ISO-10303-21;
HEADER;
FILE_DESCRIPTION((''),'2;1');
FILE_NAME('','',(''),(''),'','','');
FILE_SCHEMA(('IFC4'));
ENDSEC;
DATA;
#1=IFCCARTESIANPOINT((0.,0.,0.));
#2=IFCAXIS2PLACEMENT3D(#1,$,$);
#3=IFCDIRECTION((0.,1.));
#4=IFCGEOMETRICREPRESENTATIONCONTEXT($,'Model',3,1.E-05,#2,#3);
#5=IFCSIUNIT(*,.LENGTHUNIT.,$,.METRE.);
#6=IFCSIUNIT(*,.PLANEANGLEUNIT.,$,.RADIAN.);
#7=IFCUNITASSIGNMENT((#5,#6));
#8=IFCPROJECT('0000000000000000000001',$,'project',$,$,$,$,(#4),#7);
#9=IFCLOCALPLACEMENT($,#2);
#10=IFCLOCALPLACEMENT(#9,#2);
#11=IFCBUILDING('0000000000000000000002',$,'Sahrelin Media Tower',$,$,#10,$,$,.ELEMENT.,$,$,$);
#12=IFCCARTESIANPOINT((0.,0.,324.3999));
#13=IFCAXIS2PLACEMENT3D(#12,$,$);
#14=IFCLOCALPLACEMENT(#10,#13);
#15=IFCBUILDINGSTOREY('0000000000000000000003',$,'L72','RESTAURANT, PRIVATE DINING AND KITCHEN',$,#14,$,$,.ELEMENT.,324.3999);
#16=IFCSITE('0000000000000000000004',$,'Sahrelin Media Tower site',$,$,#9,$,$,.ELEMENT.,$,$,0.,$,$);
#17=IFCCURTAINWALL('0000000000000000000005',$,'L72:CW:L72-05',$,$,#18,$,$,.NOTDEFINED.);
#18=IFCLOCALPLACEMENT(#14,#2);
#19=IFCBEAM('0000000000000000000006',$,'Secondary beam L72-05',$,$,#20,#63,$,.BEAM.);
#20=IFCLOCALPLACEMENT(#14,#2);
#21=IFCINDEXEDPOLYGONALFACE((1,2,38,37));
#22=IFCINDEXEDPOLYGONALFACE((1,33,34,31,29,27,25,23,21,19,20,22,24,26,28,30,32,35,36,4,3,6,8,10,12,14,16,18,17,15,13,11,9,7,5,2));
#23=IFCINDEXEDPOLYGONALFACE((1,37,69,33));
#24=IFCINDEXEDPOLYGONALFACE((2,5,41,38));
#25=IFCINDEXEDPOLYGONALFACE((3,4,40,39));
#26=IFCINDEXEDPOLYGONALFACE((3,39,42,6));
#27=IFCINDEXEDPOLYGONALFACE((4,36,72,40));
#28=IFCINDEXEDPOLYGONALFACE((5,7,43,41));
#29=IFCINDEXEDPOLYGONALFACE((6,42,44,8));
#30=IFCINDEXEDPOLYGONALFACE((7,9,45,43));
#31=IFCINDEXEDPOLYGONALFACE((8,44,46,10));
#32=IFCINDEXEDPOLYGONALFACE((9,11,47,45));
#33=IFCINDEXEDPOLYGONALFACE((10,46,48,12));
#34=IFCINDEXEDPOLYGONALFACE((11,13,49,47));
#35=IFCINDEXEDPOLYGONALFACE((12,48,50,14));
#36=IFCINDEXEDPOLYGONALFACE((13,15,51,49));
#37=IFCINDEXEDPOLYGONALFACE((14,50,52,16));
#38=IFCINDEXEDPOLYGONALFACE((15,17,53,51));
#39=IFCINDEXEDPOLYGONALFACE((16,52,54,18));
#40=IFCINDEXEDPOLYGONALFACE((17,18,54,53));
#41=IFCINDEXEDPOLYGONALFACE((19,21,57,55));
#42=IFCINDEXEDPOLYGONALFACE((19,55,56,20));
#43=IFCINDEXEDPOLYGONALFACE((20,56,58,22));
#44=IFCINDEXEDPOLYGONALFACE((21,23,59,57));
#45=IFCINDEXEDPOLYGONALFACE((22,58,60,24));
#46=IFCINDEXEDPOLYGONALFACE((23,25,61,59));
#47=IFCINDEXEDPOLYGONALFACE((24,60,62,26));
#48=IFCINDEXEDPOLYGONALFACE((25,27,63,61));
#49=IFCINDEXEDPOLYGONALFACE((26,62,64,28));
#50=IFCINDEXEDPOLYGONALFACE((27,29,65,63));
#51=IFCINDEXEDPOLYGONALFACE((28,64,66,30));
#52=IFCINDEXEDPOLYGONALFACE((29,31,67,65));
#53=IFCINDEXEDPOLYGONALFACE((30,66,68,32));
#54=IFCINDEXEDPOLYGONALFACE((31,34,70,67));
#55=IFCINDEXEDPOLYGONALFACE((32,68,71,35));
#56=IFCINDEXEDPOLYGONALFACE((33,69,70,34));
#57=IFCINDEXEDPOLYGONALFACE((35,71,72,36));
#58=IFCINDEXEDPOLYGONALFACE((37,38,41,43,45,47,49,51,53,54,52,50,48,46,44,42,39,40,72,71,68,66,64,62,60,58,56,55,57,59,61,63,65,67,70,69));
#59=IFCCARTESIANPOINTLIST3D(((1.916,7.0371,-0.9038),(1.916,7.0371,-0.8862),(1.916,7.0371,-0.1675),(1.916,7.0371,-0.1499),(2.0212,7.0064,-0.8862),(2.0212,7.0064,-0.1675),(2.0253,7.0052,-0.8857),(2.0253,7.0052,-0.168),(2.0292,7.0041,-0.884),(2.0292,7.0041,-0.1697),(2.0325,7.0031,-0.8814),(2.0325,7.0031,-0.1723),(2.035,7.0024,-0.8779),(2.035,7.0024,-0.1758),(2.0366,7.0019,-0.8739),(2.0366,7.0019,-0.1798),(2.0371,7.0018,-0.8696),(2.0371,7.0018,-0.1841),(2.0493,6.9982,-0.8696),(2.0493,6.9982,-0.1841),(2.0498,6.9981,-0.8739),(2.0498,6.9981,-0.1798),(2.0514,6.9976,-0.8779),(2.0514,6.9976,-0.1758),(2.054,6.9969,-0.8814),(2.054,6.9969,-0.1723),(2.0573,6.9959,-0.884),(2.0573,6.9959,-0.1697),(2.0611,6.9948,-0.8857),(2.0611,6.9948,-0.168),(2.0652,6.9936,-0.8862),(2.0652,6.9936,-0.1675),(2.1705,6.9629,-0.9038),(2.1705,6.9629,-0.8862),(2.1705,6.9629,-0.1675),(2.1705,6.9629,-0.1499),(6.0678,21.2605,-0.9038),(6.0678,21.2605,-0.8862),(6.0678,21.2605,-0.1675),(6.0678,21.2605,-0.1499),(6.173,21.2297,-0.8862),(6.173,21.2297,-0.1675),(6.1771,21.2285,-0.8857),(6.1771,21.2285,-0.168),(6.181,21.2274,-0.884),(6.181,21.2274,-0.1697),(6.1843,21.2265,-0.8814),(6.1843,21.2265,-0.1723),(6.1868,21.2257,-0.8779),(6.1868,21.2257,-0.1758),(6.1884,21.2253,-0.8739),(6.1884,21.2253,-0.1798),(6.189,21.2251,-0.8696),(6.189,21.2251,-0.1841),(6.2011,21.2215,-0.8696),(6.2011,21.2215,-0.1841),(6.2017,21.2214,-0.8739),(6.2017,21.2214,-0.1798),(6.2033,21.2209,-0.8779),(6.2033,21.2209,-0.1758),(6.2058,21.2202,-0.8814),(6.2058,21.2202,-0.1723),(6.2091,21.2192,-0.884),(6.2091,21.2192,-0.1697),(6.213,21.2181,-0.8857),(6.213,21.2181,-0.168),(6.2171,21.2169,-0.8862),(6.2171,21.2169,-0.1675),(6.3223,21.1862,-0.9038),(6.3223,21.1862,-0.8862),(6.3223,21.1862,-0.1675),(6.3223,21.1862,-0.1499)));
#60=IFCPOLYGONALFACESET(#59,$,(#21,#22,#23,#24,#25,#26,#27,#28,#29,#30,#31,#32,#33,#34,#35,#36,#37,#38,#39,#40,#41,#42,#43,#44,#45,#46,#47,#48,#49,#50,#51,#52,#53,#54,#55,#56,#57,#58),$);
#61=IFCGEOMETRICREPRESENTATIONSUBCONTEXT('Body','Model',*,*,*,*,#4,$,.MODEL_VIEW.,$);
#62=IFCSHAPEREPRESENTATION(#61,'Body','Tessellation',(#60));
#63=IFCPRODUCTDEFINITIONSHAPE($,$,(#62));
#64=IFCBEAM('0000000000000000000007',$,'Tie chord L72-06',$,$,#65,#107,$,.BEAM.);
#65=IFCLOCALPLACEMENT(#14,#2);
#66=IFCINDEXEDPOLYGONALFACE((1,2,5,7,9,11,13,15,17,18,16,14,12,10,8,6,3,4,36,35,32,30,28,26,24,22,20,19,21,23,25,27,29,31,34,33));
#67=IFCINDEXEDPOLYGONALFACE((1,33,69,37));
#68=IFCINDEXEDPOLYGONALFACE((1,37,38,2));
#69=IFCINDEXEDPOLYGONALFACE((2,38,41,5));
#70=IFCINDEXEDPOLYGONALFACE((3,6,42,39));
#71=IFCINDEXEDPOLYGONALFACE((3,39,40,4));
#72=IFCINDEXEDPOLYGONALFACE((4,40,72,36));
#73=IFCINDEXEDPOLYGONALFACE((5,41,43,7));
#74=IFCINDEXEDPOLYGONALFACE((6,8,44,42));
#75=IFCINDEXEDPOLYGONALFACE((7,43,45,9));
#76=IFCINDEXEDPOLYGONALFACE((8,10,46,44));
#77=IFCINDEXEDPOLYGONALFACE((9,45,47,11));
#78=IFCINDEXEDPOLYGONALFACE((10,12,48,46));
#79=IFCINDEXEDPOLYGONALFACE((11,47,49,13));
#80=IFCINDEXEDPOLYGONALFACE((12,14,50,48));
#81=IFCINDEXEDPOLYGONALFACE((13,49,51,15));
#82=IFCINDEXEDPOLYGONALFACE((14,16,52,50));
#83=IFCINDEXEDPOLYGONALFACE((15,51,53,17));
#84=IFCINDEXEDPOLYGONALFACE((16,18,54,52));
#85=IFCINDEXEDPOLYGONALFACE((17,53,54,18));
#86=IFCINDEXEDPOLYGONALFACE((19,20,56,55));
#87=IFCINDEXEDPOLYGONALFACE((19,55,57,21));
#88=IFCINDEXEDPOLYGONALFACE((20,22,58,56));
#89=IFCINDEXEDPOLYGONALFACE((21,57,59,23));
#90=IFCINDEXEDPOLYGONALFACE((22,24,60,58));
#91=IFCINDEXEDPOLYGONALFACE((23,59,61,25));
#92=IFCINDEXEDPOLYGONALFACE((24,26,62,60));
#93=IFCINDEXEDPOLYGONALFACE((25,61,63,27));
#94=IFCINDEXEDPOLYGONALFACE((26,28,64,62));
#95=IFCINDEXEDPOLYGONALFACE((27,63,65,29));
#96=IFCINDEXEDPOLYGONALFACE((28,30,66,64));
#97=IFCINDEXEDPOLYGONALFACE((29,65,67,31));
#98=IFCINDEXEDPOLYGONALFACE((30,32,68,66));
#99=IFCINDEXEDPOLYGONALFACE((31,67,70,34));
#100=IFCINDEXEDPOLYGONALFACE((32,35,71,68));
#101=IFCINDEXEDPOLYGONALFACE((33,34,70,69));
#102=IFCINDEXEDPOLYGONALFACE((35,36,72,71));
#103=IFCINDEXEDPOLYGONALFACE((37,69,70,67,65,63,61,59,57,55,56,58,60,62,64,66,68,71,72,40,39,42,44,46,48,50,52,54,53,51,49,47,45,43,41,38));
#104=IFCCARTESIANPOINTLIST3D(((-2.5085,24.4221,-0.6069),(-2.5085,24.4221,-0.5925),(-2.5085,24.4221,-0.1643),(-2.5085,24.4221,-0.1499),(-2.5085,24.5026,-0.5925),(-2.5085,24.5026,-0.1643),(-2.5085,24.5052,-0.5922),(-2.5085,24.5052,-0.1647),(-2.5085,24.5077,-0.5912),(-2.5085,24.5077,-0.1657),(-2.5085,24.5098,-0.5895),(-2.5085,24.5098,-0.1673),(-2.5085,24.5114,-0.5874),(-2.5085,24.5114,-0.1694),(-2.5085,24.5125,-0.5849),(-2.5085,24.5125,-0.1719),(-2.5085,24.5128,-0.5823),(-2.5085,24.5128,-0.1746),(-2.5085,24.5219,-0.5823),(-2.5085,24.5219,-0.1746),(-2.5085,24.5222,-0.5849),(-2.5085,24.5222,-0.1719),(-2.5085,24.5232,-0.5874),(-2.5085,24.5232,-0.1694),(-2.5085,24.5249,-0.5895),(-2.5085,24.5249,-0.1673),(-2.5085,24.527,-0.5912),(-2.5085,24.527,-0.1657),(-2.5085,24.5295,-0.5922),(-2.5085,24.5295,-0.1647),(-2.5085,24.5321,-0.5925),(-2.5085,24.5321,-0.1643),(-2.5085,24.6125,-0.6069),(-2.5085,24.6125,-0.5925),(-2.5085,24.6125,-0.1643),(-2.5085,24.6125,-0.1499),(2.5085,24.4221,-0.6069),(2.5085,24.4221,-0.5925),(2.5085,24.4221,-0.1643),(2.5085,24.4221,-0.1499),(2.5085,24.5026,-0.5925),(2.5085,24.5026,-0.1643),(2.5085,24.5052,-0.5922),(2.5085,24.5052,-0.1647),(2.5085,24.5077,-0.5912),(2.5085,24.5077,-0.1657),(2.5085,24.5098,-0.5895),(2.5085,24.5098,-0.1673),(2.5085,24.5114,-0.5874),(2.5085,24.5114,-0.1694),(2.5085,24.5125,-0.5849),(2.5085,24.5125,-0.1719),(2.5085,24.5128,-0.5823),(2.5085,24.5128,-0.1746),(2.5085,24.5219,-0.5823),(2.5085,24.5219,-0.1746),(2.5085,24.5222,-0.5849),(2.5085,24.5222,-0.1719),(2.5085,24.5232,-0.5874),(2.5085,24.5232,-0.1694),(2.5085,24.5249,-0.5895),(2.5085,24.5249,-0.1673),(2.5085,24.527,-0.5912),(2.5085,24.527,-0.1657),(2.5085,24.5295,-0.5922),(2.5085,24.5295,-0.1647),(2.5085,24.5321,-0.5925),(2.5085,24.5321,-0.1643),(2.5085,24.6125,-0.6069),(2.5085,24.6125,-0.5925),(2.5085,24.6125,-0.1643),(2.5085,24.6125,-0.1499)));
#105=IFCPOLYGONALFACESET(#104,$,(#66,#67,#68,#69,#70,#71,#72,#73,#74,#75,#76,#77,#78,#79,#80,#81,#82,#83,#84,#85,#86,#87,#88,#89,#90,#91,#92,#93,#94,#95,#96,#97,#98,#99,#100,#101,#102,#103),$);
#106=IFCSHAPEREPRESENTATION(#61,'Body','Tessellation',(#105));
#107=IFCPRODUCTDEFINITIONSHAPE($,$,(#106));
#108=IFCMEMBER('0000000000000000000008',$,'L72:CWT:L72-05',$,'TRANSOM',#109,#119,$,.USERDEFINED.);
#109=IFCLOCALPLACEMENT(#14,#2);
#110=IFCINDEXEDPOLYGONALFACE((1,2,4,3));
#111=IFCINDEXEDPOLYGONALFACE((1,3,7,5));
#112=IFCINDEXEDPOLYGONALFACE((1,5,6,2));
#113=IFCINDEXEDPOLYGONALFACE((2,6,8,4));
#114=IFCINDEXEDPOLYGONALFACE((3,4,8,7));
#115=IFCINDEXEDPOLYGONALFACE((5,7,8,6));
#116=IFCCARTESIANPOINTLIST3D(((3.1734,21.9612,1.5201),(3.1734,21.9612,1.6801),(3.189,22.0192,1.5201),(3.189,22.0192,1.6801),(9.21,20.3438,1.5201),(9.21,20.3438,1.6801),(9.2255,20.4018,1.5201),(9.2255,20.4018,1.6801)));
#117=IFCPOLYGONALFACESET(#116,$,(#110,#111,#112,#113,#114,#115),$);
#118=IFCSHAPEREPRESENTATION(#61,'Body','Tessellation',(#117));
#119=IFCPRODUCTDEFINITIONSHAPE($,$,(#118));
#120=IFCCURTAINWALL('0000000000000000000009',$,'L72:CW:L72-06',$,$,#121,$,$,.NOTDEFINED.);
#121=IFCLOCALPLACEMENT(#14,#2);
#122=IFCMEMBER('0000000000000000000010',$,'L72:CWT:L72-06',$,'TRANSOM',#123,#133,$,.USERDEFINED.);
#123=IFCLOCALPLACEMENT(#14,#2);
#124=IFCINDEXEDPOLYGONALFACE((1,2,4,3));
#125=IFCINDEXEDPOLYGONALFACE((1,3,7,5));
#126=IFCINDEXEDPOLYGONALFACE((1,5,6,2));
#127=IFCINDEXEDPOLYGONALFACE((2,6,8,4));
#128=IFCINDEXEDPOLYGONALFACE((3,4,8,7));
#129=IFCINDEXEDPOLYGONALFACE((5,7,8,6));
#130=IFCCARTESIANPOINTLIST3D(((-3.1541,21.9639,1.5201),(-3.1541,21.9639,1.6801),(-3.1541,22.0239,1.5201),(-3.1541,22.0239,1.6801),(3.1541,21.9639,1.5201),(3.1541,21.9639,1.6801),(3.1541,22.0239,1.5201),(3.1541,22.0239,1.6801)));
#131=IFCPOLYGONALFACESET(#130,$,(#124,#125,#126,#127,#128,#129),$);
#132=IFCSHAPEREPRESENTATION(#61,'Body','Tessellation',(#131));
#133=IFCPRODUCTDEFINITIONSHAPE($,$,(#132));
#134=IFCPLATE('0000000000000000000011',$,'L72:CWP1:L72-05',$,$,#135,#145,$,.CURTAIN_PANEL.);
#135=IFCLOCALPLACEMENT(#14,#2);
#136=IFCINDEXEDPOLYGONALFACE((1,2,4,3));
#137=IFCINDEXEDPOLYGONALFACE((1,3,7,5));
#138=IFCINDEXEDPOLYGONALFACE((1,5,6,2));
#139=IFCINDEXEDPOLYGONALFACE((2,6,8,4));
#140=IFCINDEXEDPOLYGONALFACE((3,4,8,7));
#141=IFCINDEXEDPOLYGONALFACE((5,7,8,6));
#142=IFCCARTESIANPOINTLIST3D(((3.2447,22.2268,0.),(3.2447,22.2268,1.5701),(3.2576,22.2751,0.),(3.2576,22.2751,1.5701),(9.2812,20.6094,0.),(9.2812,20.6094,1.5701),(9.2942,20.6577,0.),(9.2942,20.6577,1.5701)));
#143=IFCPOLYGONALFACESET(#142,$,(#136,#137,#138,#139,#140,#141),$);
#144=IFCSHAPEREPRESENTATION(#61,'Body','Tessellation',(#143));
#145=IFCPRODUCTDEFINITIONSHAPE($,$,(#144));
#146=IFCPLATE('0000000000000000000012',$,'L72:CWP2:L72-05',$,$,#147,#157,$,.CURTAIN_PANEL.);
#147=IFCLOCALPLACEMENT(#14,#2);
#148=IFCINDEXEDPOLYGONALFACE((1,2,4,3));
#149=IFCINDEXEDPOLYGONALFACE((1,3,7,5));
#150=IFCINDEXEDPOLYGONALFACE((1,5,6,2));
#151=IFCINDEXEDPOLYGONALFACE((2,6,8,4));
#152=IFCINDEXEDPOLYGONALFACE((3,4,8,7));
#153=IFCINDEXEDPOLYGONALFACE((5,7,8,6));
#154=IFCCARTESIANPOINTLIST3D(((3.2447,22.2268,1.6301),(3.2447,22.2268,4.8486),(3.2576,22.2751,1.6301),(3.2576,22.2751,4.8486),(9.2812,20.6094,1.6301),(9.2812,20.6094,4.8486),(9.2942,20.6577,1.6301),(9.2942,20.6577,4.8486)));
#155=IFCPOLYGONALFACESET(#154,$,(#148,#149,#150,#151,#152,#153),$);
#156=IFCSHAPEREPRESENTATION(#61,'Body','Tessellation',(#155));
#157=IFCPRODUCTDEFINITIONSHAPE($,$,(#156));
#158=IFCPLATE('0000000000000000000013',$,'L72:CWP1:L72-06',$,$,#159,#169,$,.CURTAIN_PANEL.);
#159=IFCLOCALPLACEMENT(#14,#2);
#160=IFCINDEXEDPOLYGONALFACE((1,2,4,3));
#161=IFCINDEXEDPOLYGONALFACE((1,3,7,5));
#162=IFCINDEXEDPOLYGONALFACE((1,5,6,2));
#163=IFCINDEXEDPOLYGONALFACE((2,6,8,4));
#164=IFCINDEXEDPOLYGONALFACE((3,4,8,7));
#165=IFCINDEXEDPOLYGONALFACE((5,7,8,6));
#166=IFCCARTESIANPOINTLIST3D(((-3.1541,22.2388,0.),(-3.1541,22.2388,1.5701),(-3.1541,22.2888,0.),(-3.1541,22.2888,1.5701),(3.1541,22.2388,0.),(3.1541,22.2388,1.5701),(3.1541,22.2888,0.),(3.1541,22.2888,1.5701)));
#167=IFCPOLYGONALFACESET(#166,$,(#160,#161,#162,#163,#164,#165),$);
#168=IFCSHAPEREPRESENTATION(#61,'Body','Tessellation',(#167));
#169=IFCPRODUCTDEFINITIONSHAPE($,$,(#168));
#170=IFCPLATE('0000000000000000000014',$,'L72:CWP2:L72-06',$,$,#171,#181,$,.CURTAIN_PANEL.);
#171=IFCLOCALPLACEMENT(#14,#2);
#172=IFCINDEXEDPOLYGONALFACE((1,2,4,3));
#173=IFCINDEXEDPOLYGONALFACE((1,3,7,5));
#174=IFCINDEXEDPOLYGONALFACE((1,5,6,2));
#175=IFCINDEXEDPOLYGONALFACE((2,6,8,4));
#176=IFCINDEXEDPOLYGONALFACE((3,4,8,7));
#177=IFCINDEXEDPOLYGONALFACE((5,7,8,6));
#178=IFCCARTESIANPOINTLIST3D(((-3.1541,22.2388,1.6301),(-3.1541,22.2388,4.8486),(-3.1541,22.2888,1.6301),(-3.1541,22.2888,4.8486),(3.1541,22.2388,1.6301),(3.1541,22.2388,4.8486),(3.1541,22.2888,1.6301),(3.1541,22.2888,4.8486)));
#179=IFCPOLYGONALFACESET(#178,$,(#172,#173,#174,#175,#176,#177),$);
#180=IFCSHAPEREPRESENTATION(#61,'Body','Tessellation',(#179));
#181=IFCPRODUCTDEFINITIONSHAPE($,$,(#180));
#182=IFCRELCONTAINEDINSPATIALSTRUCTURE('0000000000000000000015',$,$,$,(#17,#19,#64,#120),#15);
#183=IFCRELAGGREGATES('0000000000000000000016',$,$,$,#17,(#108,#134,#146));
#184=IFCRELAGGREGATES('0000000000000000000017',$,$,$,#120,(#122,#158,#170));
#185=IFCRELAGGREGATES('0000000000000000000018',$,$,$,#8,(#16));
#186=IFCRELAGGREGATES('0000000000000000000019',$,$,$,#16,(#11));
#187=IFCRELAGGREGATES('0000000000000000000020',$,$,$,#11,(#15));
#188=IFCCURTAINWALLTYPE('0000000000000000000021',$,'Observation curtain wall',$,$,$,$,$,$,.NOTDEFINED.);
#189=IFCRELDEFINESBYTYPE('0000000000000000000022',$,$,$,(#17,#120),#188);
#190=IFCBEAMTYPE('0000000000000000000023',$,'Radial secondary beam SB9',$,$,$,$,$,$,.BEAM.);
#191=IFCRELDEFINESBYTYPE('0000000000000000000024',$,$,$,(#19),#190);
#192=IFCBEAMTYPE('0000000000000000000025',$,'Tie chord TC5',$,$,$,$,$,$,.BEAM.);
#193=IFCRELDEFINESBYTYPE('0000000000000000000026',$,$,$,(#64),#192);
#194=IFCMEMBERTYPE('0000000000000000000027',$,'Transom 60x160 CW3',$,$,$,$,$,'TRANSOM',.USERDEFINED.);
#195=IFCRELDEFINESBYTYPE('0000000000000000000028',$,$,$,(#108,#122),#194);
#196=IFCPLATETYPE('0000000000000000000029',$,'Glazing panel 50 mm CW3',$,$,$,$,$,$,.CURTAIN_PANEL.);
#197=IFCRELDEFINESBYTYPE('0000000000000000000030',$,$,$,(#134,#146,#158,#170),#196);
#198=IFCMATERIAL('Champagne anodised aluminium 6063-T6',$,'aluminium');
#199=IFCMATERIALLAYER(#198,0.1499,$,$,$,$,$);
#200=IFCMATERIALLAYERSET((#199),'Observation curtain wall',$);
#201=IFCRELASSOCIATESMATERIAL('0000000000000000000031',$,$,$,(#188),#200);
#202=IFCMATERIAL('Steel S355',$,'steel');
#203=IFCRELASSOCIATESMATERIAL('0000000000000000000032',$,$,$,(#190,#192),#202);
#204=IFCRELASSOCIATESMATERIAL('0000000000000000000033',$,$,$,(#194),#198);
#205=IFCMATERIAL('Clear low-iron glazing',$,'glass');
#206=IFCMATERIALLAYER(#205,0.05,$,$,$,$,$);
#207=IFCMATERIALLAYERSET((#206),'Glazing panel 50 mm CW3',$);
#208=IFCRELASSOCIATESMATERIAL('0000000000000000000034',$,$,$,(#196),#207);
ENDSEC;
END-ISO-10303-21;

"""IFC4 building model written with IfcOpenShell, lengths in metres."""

from ifc_helpers import new_model, si_unit, direction, frame, origin, origin_2d, place, context, subcontext, project, spatial, polyline, rectangle, i_section, outline, extrude, material, layer, layer_set, material_profile, profile_set, type_object, element, aggregate, save


model = new_model("IFC4")

# Units and contexts
model_context = context("Model", 3, precision=1e-05, world=origin(), true_north=direction((0.0, 1.0)))
body_context = subcontext(model_context, "Body", "Model", "MODEL_VIEW")
ifc_project = project(units=[si_unit("LENGTHUNIT", "METRE"), si_unit("PLANEANGLEUNIT", "RADIAN")], contexts=[model_context])

# Site, building, storey
site_placement = place(None, origin())
site = spatial("IfcSite", under=ifc_project, at=site_placement, Name="Sahrelin Media Tower site", CompositionType="ELEMENT", RefElevation=0.0)
building_placement = place(site_placement, origin())
building = spatial("IfcBuilding", under=site, at=building_placement, Name="Sahrelin Media Tower", CompositionType="ELEMENT")
storey_placement = place(building_placement, frame((0.0, 0.0, 324.3999)))
storey = spatial("IfcBuildingStorey", under=building, at=storey_placement, Name="L72", Description="RESTAURANT, PRIVATE DINING AND KITCHEN", CompositionType="ELEMENT", Elevation=324.3999)

# Shared definitions
ifc_material_1 = material(Name="Steel S355", Category="steel")

# Curtain wall
ifc_material_2 = material(Name="Champagne anodised aluminium 6063-T6", Category="aluminium")
ifc_layer_1 = layer(ifc_material_2, 0.1499)
ifc_layer_set_1 = layer_set([ifc_layer_1], Name="Observation curtain wall")
curtain_wall_type = type_object("IfcCurtainWallType", Name="Observation curtain wall", PredefinedType="NOTDEFINED", material=ifc_layer_set_1)
curtain_wall_1_placement = place(storey_placement, frame((6.2708, 21.447, 0.0), z_axis=(0.0, 0.0, 1.0), x_axis=(1.0, 0.0, 0.0)))
curtain_wall_1 = element("IfcCurtainWall", 1, at=curtain_wall_1_placement, inside=storey, type_object=curtain_wall_type, Name="L72:CW:L72-05", PredefinedType="NOTDEFINED")

# Beams
ifc_material_profile_1 = material_profile(ifc_material_1, i_section(OverallWidth=0.2651, OverallDepth=0.7539, WebThickness=0.0127, FlangeThickness=0.0176, FilletRadius=0.0166, at=origin_2d()), Name="UB 762x267x147")
ifc_profile_set_1 = profile_set([ifc_material_profile_1], Name="Steel S355")
beam_type_1 = type_object("IfcBeamType", Name="Radial secondary beam SB9", PredefinedType="BEAM", material=ifc_profile_set_1)
beam_1_placement = place(storey_placement, frame((2.0432, 7.0, -0.5269), z_axis=(0.280209, 0.959939, 0.0), x_axis=(-0.959939, 0.280209, 0.0)))
element("IfcBeam", 2, at=beam_1_placement, inside=storey, type_object=beam_type_1, Name="Secondary beam L72-05", PredefinedType="BEAM", context=body_context, shape_type="SweptSolid", body=[
    extrude(i_section(OverallWidth=0.2651, OverallDepth=0.7539, WebThickness=0.0127, FlangeThickness=0.0176, FilletRadius=0.0166, at=origin_2d()), origin(), (0.0, 0.0, 1.0), 14.8169),
])
ifc_material_profile_2 = material_profile(ifc_material_1, i_section(OverallWidth=0.1904, OverallDepth=0.457, WebThickness=0.009, FlangeThickness=0.0144, FilletRadius=0.0103, at=origin_2d()), Name="UB 457x191x74")
ifc_profile_set_2 = profile_set([ifc_material_profile_2], Name="Steel S355")
beam_type_2 = type_object("IfcBeamType", Name="Tie chord TC5", PredefinedType="BEAM", material=ifc_profile_set_2)
beam_2_placement = place(storey_placement, frame((2.5085, 24.5173, -0.3784), z_axis=(-1.0, 0.0, 0.0), x_axis=(0.0, -1.0, 0.0)))
element("IfcBeam", 3, at=beam_2_placement, inside=storey, type_object=beam_type_2, Name="Tie chord L72-06", PredefinedType="BEAM", context=body_context, shape_type="SweptSolid", body=[
    extrude(i_section(OverallWidth=0.1904, OverallDepth=0.457, WebThickness=0.009, FlangeThickness=0.0144, FilletRadius=0.0103, at=origin_2d()), origin(), (0.0, 0.0, 1.0), 5.0171),
])

# Member
ifc_material_profile_3 = material_profile(ifc_material_2, rectangle(XDim=0.0601, YDim=0.1599, at=origin_2d()), Name="Transom 60x160")
ifc_profile_set_3 = profile_set([ifc_material_profile_3], Name="Champagne anodised aluminium 6063-T6")
member_type_1 = type_object("IfcMemberType", Name="Transom 60x160 CW3", ElementType="TRANSOM", PredefinedType="USERDEFINED", material=ifc_profile_set_3)
member_1_placement = place(storey_placement, frame((9.2178, 20.3728, 1.6001), z_axis=(-0.965929, 0.258808, 0.0), x_axis=(-0.258808, -0.965929, 0.0)))
member_1 = element("IfcMember", 4, at=member_1_placement, type_object=member_type_1, Name="L72:CWT:L72-05", ObjectType="TRANSOM", PredefinedType="USERDEFINED", context=body_context, shape_type="SweptSolid", body=[
    extrude(rectangle(XDim=0.0601, YDim=0.1599, at=origin_2d()), origin(), (0.0, 0.0, 1.0), 6.2495),
])

# Curtain wall, member
curtain_wall_2_placement = place(storey_placement, frame((0.0, 22.2688, 0.0), z_axis=(0.0, 0.0, 1.0), x_axis=(1.0, 0.0, 0.0)))
curtain_wall_2 = element("IfcCurtainWall", 5, at=curtain_wall_2_placement, inside=storey, type_object=curtain_wall_type, Name="L72:CW:L72-06", PredefinedType="NOTDEFINED")
member_2_placement = place(storey_placement, frame((3.1541, 21.9939, 1.6001), z_axis=(-1.0, 0.0, 0.0), x_axis=(0.0, -1.0, 0.0)))
member_2 = element("IfcMember", 6, at=member_2_placement, type_object=member_type_1, Name="L72:CWT:L72-06", ObjectType="TRANSOM", PredefinedType="USERDEFINED", context=body_context, shape_type="SweptSolid", body=[
    extrude(rectangle(XDim=0.0601, YDim=0.1599, at=origin_2d()), origin(), (0.0, 0.0, 1.0), 6.3081),
])

# Plates
ifc_material_3 = material(Name="Clear low-iron glazing", Category="glass")
ifc_layer_2 = layer(ifc_material_3, 0.05)
ifc_layer_set_2 = layer_set([ifc_layer_2], Name="Glazing panel 50 mm CW3")
plate_type = type_object("IfcPlateType", Name="Glazing panel 50 mm CW3", PredefinedType="CURTAIN_PANEL", material=ifc_layer_set_2)
plate_1_placement = place(storey_placement, frame((9.2942, 20.6577, 0.0), z_axis=(0.258808, 0.965929, 0.0), x_axis=(-0.965929, 0.258808, 0.0)))
plate_1 = element("IfcPlate", 7, at=plate_1_placement, type_object=plate_type, Name="L72:CWP1:L72-05", PredefinedType="CURTAIN_PANEL", context=body_context, shape_type="SweptSolid", body=[
    extrude(outline(polyline([(0.0, 0.0), (6.2495, 0.0), (6.2495, 1.5701), (0.0, 1.5701), (0.0, 0.0)])), origin(), (0.0, 0.0, -1.0), 0.05),
])
plate_2_placement = place(storey_placement, frame((9.2942, 20.6577, 1.6301), z_axis=(0.258808, 0.965929, 0.0), x_axis=(-0.965929, 0.258808, 0.0)))
plate_2 = element("IfcPlate", 8, at=plate_2_placement, type_object=plate_type, Name="L72:CWP2:L72-05", PredefinedType="CURTAIN_PANEL", context=body_context, shape_type="SweptSolid", body=[
    extrude(outline(polyline([(0.0, 0.0), (6.2495, 0.0), (6.2495, 3.2185), (0.0, 3.2185), (0.0, 0.0)])), origin(), (0.0, 0.0, -1.0), 0.05),
])
aggregate(curtain_wall_1, [member_1, plate_1, plate_2])
plate_3_placement = place(storey_placement, frame((3.1541, 22.2888, 0.0), z_axis=(0.0, 1.0, 0.0), x_axis=(-1.0, 0.0, 0.0)))
plate_3 = element("IfcPlate", 9, at=plate_3_placement, type_object=plate_type, Name="L72:CWP1:L72-06", PredefinedType="CURTAIN_PANEL", context=body_context, shape_type="SweptSolid", body=[
    extrude(outline(polyline([(0.0, 0.0), (6.3081, 0.0), (6.3081, 1.5701), (0.0, 1.5701), (0.0, 0.0)])), origin(), (0.0, 0.0, -1.0), 0.05),
])
plate_4_placement = place(storey_placement, frame((3.1541, 22.2888, 1.6301), z_axis=(0.0, 1.0, 0.0), x_axis=(-1.0, 0.0, 0.0)))
plate_4 = element("IfcPlate", 10, at=plate_4_placement, type_object=plate_type, Name="L72:CWP2:L72-06", PredefinedType="CURTAIN_PANEL", context=body_context, shape_type="SweptSolid", body=[
    extrude(outline(polyline([(0.0, 0.0), (6.3081, 0.0), (6.3081, 3.2185), (0.0, 3.2185), (0.0, 0.0)])), origin(), (0.0, 0.0, -1.0), 0.05),
])
aggregate(curtain_wall_2, [member_2, plate_3, plate_4])

save(model, "model.ifc")
